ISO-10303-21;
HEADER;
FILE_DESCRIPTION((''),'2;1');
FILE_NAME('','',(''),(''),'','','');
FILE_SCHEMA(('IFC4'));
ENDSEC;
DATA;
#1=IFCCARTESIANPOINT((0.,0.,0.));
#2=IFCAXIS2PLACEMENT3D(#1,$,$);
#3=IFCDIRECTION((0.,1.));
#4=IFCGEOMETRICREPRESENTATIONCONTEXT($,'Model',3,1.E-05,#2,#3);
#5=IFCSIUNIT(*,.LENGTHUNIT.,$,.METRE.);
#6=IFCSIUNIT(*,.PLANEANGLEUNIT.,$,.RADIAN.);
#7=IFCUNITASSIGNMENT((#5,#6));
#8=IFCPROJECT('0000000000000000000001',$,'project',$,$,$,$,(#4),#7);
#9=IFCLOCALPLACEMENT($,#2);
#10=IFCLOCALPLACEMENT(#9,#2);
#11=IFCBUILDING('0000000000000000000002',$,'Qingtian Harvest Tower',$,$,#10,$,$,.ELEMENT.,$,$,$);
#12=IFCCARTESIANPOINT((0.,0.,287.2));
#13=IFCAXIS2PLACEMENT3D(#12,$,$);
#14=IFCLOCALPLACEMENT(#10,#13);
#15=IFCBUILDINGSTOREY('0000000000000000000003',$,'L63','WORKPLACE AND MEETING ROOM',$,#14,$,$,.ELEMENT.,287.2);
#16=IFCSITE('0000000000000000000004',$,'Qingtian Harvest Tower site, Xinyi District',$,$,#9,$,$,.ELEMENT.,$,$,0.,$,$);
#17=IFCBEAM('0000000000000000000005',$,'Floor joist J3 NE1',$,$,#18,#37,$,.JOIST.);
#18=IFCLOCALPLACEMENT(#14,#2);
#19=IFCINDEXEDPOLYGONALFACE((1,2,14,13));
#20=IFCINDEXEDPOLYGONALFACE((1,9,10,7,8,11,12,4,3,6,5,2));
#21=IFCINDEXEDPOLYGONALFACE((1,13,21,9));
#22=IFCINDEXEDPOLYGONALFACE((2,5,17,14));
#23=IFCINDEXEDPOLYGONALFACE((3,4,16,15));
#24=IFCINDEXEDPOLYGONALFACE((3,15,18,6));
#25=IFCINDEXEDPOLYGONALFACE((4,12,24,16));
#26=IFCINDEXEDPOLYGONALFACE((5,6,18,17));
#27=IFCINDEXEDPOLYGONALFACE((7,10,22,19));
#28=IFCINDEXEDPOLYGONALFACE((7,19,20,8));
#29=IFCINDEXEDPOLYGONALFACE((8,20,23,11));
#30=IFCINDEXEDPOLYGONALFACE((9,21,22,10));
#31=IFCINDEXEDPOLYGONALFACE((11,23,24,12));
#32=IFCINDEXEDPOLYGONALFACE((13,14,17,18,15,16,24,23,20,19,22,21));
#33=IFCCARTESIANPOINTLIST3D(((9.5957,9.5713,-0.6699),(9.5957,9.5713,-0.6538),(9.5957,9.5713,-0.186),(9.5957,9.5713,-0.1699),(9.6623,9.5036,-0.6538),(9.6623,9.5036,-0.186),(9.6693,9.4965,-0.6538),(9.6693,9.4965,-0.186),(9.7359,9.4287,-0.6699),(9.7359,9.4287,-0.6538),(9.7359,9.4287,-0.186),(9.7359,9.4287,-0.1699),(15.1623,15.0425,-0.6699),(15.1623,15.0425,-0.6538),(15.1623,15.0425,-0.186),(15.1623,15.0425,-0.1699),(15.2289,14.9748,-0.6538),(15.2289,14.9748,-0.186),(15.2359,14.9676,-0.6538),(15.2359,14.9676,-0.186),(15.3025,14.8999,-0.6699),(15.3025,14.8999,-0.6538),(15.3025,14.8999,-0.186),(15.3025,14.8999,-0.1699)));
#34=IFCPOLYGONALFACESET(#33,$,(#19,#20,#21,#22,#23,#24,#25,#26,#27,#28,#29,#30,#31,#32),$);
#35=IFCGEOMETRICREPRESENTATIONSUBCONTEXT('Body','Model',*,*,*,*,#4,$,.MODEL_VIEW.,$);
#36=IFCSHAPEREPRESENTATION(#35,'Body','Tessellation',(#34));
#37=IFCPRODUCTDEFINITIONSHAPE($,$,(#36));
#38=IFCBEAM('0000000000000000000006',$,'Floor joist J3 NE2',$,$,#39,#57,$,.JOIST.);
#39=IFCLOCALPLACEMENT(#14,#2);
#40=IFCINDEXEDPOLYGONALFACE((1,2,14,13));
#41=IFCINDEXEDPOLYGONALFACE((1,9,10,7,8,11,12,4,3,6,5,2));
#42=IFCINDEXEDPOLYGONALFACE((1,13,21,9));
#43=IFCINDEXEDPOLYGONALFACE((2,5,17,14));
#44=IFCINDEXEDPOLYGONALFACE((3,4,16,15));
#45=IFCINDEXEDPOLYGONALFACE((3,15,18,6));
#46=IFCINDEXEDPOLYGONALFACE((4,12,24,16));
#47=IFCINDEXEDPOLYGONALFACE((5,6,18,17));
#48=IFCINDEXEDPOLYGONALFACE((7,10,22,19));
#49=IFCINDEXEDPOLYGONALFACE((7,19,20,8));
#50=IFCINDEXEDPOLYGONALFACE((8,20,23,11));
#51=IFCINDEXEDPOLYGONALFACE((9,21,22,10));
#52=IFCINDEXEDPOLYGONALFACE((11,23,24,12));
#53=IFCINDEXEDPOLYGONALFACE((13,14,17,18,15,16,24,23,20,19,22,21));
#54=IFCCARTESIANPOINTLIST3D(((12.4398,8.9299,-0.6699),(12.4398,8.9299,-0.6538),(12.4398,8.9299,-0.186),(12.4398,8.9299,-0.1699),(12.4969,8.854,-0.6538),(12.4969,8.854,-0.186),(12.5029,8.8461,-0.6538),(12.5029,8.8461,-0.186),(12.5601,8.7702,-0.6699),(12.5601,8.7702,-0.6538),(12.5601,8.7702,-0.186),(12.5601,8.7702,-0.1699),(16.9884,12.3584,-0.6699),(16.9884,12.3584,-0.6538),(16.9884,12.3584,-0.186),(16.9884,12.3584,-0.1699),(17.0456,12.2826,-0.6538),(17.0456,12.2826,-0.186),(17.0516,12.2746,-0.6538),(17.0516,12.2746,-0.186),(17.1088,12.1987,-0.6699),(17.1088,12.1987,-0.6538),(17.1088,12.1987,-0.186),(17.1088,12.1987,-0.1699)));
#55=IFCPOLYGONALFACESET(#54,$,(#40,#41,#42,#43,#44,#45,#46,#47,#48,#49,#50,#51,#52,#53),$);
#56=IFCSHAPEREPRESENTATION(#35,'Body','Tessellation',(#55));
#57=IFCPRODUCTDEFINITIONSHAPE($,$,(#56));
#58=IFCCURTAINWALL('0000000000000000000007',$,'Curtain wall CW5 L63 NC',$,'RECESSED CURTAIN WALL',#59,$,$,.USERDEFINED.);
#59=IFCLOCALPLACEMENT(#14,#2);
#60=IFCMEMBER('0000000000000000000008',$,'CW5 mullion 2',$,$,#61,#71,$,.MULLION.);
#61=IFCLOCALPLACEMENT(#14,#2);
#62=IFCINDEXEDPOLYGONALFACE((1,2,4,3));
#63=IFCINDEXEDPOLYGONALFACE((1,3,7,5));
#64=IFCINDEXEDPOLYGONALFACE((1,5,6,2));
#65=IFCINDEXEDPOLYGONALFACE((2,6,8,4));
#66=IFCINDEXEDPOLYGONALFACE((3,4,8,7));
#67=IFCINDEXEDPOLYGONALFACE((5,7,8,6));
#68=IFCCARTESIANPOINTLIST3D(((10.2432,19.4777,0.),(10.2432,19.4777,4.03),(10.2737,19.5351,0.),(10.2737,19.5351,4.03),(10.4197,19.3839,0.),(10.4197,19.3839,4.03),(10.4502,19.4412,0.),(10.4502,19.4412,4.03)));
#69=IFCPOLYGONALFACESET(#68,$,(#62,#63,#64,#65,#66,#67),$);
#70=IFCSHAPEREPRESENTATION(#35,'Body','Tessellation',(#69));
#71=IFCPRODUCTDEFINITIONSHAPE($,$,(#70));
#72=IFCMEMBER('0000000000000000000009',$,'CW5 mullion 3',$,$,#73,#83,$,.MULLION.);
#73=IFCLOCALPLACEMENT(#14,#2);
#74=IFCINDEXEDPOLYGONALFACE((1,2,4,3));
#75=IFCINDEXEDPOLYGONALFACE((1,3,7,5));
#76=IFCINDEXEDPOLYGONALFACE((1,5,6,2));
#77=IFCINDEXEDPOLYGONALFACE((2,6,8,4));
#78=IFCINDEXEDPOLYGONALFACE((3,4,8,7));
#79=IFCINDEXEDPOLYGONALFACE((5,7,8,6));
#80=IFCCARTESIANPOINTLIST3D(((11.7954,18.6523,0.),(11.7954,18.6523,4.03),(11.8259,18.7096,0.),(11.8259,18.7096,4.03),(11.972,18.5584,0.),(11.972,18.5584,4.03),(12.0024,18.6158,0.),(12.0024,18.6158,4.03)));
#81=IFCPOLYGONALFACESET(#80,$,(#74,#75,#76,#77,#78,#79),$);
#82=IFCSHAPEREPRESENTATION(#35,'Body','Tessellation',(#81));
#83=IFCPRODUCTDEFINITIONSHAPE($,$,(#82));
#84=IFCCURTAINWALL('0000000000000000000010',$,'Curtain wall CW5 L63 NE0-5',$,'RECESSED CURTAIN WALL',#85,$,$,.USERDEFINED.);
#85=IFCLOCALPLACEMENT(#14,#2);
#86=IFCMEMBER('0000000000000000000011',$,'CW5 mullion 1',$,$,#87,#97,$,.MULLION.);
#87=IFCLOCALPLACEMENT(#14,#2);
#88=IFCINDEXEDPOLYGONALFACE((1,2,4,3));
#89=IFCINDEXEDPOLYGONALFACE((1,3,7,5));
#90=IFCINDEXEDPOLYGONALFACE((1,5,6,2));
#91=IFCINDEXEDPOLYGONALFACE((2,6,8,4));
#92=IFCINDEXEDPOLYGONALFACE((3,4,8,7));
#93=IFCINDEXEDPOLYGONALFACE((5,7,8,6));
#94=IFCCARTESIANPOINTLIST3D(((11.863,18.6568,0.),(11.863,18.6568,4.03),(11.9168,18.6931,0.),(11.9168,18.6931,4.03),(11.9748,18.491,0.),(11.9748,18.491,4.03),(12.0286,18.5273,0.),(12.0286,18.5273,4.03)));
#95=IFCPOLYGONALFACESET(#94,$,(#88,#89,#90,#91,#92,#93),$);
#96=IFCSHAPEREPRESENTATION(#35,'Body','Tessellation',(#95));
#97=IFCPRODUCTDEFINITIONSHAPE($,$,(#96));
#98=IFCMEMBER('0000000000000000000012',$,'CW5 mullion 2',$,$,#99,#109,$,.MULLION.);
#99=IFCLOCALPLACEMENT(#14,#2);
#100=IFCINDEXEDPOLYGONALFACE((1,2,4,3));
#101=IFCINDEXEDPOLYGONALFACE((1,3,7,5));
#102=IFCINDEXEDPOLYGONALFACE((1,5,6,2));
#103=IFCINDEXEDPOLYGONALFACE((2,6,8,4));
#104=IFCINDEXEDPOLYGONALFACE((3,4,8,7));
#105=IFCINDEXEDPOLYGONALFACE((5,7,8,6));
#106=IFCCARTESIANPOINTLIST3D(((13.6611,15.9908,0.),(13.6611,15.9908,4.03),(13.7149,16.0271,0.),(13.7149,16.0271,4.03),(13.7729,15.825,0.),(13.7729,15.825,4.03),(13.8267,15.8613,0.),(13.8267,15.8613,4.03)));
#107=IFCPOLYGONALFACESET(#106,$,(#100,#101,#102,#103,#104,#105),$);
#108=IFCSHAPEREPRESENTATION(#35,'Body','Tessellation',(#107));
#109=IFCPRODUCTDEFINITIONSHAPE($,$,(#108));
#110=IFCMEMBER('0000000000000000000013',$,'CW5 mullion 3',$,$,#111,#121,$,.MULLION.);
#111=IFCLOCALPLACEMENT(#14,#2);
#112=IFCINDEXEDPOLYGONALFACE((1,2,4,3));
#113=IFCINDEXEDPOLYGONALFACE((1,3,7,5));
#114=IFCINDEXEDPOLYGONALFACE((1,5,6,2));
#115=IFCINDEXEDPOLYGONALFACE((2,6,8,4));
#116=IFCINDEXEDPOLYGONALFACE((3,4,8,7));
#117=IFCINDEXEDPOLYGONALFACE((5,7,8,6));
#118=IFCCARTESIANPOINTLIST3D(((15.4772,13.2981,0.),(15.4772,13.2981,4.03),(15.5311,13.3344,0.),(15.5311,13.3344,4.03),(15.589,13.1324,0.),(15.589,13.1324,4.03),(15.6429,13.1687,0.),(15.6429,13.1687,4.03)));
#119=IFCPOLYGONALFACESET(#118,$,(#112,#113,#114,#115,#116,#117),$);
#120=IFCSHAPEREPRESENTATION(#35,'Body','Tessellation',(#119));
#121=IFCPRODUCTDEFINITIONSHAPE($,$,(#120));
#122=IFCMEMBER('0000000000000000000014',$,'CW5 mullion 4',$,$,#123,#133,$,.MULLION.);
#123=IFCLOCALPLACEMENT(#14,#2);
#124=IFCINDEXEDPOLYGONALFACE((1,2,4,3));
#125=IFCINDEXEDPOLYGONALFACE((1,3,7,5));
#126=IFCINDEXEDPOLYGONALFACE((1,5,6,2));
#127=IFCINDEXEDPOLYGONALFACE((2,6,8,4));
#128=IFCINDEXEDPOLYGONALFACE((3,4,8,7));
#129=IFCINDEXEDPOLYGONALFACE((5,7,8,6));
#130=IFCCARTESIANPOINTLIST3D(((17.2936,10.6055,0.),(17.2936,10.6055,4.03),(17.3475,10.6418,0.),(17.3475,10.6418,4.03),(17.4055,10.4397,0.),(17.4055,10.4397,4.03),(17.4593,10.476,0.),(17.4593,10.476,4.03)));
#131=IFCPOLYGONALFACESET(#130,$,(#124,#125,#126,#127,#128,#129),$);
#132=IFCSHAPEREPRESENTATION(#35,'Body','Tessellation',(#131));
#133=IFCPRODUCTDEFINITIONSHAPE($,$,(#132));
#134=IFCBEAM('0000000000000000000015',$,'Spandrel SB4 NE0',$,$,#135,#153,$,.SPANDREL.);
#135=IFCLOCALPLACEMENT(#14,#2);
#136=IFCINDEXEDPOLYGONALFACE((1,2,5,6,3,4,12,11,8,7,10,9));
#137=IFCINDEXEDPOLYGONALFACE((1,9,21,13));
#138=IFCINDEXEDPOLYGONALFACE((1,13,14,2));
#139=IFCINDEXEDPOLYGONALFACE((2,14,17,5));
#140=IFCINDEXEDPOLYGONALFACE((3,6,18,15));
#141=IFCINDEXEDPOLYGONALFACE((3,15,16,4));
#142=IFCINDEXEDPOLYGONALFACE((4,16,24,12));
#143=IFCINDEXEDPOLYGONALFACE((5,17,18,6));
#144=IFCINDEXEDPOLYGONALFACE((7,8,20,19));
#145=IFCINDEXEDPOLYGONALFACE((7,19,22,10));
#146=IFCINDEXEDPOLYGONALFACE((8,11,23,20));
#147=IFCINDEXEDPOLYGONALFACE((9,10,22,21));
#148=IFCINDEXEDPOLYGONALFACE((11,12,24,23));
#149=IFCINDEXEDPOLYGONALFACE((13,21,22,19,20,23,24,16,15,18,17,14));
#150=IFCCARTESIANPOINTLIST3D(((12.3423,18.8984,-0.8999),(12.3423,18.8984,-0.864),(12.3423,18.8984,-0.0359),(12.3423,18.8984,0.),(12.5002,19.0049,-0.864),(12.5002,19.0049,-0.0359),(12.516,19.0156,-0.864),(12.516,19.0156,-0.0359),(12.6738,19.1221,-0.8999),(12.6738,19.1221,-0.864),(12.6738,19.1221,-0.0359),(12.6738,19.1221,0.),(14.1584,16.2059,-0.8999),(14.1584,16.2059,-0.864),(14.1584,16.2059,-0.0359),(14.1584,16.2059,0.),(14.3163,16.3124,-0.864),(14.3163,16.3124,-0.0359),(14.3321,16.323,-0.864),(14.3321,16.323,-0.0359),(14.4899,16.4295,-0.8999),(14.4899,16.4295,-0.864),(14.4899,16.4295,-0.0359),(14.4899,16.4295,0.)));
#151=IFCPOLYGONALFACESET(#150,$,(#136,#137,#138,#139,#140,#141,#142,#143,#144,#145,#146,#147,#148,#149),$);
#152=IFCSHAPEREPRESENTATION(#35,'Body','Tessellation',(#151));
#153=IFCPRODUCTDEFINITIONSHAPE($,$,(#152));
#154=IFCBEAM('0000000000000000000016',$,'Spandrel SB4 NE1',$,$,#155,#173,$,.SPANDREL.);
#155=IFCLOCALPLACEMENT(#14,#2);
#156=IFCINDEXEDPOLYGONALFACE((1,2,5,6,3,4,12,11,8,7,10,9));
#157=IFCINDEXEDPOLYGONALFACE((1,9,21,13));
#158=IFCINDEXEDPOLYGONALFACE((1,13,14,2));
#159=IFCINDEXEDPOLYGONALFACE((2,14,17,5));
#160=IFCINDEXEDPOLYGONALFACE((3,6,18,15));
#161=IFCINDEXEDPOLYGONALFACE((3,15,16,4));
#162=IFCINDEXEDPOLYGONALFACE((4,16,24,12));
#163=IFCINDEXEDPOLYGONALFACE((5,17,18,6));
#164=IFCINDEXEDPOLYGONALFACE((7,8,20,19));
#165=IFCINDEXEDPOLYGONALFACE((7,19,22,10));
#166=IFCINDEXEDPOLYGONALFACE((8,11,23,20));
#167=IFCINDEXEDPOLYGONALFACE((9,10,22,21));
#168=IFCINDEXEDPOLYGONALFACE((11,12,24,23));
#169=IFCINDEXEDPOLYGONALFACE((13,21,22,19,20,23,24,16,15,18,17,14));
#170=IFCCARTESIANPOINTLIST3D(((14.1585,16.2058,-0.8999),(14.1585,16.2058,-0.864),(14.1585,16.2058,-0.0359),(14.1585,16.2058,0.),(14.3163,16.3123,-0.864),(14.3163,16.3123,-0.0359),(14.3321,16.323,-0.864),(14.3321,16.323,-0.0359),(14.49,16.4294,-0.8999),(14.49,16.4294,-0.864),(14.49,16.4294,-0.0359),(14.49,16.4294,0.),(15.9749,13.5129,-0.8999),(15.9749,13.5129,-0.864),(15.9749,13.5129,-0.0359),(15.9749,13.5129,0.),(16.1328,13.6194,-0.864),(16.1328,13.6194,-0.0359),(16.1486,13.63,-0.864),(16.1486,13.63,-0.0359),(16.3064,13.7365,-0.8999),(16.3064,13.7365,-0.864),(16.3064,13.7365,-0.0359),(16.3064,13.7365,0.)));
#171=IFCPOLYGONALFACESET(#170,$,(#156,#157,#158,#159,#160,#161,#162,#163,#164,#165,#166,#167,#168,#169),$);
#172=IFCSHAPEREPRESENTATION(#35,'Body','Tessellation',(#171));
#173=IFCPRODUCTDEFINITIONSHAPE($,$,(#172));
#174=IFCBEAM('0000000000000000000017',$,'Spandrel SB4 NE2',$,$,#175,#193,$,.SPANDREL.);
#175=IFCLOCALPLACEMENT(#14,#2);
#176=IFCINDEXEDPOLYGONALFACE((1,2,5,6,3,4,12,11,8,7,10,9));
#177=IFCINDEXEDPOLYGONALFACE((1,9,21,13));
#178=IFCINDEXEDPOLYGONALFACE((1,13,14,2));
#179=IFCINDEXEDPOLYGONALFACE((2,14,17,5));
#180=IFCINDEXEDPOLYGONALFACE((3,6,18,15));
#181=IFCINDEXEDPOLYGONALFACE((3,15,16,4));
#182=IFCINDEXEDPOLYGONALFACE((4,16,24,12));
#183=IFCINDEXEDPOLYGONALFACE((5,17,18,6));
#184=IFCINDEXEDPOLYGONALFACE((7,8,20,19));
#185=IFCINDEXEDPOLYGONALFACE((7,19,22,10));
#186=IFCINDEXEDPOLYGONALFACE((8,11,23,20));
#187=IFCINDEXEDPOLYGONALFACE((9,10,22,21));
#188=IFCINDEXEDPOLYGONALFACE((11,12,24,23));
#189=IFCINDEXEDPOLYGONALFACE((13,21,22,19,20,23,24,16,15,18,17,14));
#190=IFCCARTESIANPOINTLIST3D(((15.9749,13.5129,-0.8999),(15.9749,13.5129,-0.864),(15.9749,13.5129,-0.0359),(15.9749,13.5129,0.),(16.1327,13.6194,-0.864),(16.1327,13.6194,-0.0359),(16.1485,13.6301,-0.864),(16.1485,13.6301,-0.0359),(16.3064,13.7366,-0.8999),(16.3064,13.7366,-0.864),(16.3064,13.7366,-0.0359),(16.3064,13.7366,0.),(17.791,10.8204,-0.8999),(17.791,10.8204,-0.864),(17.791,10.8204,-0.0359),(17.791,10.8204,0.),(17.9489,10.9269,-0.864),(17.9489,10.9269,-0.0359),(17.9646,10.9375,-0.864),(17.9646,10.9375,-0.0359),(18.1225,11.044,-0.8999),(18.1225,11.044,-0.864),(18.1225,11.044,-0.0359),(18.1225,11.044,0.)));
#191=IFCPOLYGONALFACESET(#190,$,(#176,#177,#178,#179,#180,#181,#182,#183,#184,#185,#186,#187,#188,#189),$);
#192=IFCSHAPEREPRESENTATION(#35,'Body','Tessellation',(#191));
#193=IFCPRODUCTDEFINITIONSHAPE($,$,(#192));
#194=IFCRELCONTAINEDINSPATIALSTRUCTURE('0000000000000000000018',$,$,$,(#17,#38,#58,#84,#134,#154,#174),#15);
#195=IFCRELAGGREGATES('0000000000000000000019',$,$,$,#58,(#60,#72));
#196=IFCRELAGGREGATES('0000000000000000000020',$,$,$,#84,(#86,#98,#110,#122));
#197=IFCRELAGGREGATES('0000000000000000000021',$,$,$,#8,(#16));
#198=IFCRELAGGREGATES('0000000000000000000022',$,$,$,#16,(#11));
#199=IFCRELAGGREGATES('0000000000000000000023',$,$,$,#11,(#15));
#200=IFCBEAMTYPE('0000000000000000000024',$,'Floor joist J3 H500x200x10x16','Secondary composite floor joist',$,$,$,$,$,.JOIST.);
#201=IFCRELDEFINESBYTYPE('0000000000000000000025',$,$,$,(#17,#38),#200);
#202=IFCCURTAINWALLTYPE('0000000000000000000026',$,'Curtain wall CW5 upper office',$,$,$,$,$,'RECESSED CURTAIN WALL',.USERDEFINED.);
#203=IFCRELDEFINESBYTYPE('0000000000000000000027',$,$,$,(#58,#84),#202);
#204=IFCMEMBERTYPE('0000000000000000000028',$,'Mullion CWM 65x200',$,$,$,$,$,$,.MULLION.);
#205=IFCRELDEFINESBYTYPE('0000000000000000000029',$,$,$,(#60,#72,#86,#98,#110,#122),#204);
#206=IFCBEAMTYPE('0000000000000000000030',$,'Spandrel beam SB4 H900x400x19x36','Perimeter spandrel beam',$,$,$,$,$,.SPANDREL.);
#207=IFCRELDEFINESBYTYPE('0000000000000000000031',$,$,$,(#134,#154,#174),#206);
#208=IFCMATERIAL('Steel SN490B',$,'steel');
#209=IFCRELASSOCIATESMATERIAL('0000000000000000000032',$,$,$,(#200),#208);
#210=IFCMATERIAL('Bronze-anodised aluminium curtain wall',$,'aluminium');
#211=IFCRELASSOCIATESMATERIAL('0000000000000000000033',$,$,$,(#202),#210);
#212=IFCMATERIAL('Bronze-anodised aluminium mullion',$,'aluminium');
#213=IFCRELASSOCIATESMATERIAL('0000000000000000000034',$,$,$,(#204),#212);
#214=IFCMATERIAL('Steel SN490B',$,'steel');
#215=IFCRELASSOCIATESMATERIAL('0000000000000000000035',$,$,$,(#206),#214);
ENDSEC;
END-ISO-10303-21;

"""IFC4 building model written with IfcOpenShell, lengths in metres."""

from ifc_helpers import new_model, si_unit, direction, frame, origin, origin_2d, place, context, subcontext, project, spatial, rectangle, i_section, extrude, material, material_profile, profile_set, type_object, element, aggregate, save


model = new_model("IFC4")

# Units and contexts
model_context = context("Model", 3, precision=1e-05, world=origin(), true_north=direction((0.0, 1.0)))
body_context = subcontext(model_context, "Body", "Model", "MODEL_VIEW")
ifc_project = project(units=[si_unit("LENGTHUNIT", "METRE"), si_unit("PLANEANGLEUNIT", "RADIAN")], contexts=[model_context])

# Site, building, storey
site_placement = place(None, origin())
site = spatial("IfcSite", under=ifc_project, at=site_placement, Name="Qingtian Harvest Tower site, Xinyi District", CompositionType="ELEMENT", RefElevation=0.0)
building_placement = place(site_placement, origin())
building = spatial("IfcBuilding", under=site, at=building_placement, Name="Qingtian Harvest Tower", CompositionType="ELEMENT")
storey_placement = place(building_placement, frame((0.0, 0.0, 287.2)))
storey = spatial("IfcBuildingStorey", under=building, at=storey_placement, Name="L63", Description="WORKPLACE AND MEETING ROOM", CompositionType="ELEMENT", Elevation=287.2)

# Beams
ifc_material_1 = material(Name="Steel SN490B", Category="steel")
ifc_material_profile_1 = material_profile(ifc_material_1, i_section(OverallWidth=0.2, OverallDepth=0.5, WebThickness=0.01, FlangeThickness=0.0161, at=origin_2d()), Name="H500x200x10x16")
ifc_profile_set_1 = profile_set([ifc_material_profile_1], Name="Steel SN490B")
beam_type_1 = type_object("IfcBeamType", Name="Floor joist J3 H500x200x10x16", Description="Secondary composite floor joist", PredefinedType="JOIST", material=ifc_profile_set_1)
beam_1_placement = place(storey_placement, frame((15.2324, 14.9712, -0.4199), z_axis=(-0.713195, -0.700965, 0.0), x_axis=(0.700965, -0.713195, 0.0)))
element("IfcBeam", 1, at=beam_1_placement, inside=storey, type_object=beam_type_1, Name="Floor joist J3 NE1", PredefinedType="JOIST", context=body_context, shape_type="SweptSolid", body=[
    extrude(i_section(OverallWidth=0.2, OverallDepth=0.5, WebThickness=0.01, FlangeThickness=0.0161, at=origin_2d()), origin(), (0.0, 0.0, 1.0), 7.8052),
])
beam_2_placement = place(storey_placement, frame((17.0486, 12.2786, -0.4199), z_axis=(-0.798563, -0.601912, 0.0), x_axis=(0.601912, -0.798563, 0.0)))
element("IfcBeam", 2, at=beam_2_placement, inside=storey, type_object=beam_type_1, Name="Floor joist J3 NE2", PredefinedType="JOIST", context=body_context, shape_type="SweptSolid", body=[
    extrude(i_section(OverallWidth=0.2, OverallDepth=0.5, WebThickness=0.01, FlangeThickness=0.0161, at=origin_2d()), origin(), (0.0, 0.0, 1.0), 5.696),
])

# Curtain walls, members
ifc_material_2 = material(Name="Bronze-anodised aluminium curtain wall", Category="aluminium")
curtain_wall_type = type_object("IfcCurtainWallType", Name="Curtain wall CW5 upper office", ElementType="RECESSED CURTAIN WALL", PredefinedType="USERDEFINED", material=ifc_material_2)
curtain_wall_1_placement = place(storey_placement, origin())
curtain_wall_1 = element("IfcCurtainWall", 3, at=curtain_wall_1_placement, inside=storey, type_object=curtain_wall_type, Name="Curtain wall CW5 L63 NC", ObjectType="RECESSED CURTAIN WALL", PredefinedType="USERDEFINED")
ifc_material_3 = material(Name="Bronze-anodised aluminium mullion", Category="aluminium")
ifc_material_profile_2 = material_profile(ifc_material_3, rectangle(XDim=0.0649, YDim=0.2, at=origin_2d()), Name="AL 65x200")
ifc_profile_set_2 = profile_set([ifc_material_profile_2], Name="Bronze-anodised aluminium mullion")
member_type_1 = type_object("IfcMemberType", Name="Mullion CWM 65x200", PredefinedType="MULLION", material=ifc_profile_set_2)
member_1_placement = place(storey_placement, frame((10.3467, 19.4595, 0.0), z_axis=(0.0, 0.0, 1.0), x_axis=(0.469472, 0.882948, 0.0)))
member_1 = element("IfcMember", 4, at=member_1_placement, type_object=member_type_1, Name="CW5 mullion 2", PredefinedType="MULLION", context=body_context, shape_type="SweptSolid", body=[
    extrude(rectangle(XDim=0.0649, YDim=0.2, at=origin_2d()), origin(), (0.0, 0.0, 1.0), 4.03),
])
member_2_placement = place(storey_placement, frame((11.8989, 18.634, 0.0), z_axis=(0.0, 0.0, 1.0), x_axis=(0.469472, 0.882948, 0.0)))
member_2 = element("IfcMember", 5, at=member_2_placement, type_object=member_type_1, Name="CW5 mullion 3", PredefinedType="MULLION", context=body_context, shape_type="SweptSolid", body=[
    extrude(rectangle(XDim=0.0649, YDim=0.2, at=origin_2d()), origin(), (0.0, 0.0, 1.0), 4.03),
])
curtain_wall_2_placement = place(storey_placement, origin())
curtain_wall_2 = element("IfcCurtainWall", 6, at=curtain_wall_2_placement, inside=storey, type_object=curtain_wall_type, Name="Curtain wall CW5 L63 NE0-5", ObjectType="RECESSED CURTAIN WALL", PredefinedType="USERDEFINED")
member_3_placement = place(storey_placement, frame((11.9458, 18.592, 0.0), z_axis=(0.0, 0.0, 1.0), x_axis=(0.829038, 0.559193, 0.0)))
member_3 = element("IfcMember", 7, at=member_3_placement, type_object=member_type_1, Name="CW5 mullion 1", PredefinedType="MULLION", context=body_context, shape_type="SweptSolid", body=[
    extrude(rectangle(XDim=0.0649, YDim=0.2, at=origin_2d()), origin(), (0.0, 0.0, 1.0), 4.03),
])
member_4_placement = place(storey_placement, frame((13.7439, 15.926, 0.0), z_axis=(0.0, 0.0, 1.0), x_axis=(0.829038, 0.559193, 0.0)))
member_4 = element("IfcMember", 8, at=member_4_placement, type_object=member_type_1, Name="CW5 mullion 2", PredefinedType="MULLION", context=body_context, shape_type="SweptSolid", body=[
    extrude(rectangle(XDim=0.0649, YDim=0.2, at=origin_2d()), origin(), (0.0, 0.0, 1.0), 4.03),
])
member_5_placement = place(storey_placement, frame((15.5601, 13.2334, 0.0), z_axis=(0.0, 0.0, 1.0), x_axis=(0.829038, 0.559193, 0.0)))
member_5 = element("IfcMember", 9, at=member_5_placement, type_object=member_type_1, Name="CW5 mullion 3", PredefinedType="MULLION", context=body_context, shape_type="SweptSolid", body=[
    extrude(rectangle(XDim=0.0649, YDim=0.2, at=origin_2d()), origin(), (0.0, 0.0, 1.0), 4.03),
])
member_6_placement = place(storey_placement, frame((17.3765, 10.5408, 0.0), z_axis=(0.0, 0.0, 1.0), x_axis=(0.829038, 0.559193, 0.0)))
member_6 = element("IfcMember", 10, at=member_6_placement, type_object=member_type_1, Name="CW5 mullion 4", PredefinedType="MULLION", context=body_context, shape_type="SweptSolid", body=[
    extrude(rectangle(XDim=0.0649, YDim=0.2, at=origin_2d()), origin(), (0.0, 0.0, 1.0), 4.03),
])

# Beams
ifc_material_4 = material(Name="Steel SN490B", Category="steel")
ifc_material_profile_3 = material_profile(ifc_material_4, i_section(OverallWidth=0.3999, OverallDepth=0.8999, WebThickness=0.019, FlangeThickness=0.0359, at=origin_2d()), Name="H900x400x19x36")
ifc_profile_set_3 = profile_set([ifc_material_profile_3], Name="Steel SN490B")
beam_type_2 = type_object("IfcBeamType", Name="Spandrel beam SB4 H900x400x19x36", Description="Perimeter spandrel beam", PredefinedType="SPANDREL", material=ifc_profile_set_3)
beam_3_placement = place(storey_placement, frame((12.5081, 19.0103, -0.45), z_axis=(0.559185, -0.829043, 0.0), x_axis=(0.829043, 0.559185, 0.0)))
element("IfcBeam", 11, at=beam_3_placement, inside=storey, type_object=beam_type_2, Name="Spandrel SB4 NE0", PredefinedType="SPANDREL", context=body_context, shape_type="SweptSolid", body=[
    extrude(i_section(OverallWidth=0.3999, OverallDepth=0.8999, WebThickness=0.019, FlangeThickness=0.0359, at=origin_2d()), origin(), (0.0, 0.0, 1.0), 3.2478),
])
beam_4_placement = place(storey_placement, frame((14.3242, 16.3176, -0.45), z_axis=(0.559202, -0.829032, 0.0), x_axis=(0.829032, 0.559202, 0.0)))
element("IfcBeam", 12, at=beam_4_placement, inside=storey, type_object=beam_type_2, Name="Spandrel SB4 NE1", PredefinedType="SPANDREL", context=body_context, shape_type="SweptSolid", body=[
    extrude(i_section(OverallWidth=0.3999, OverallDepth=0.8999, WebThickness=0.019, FlangeThickness=0.0359, at=origin_2d()), origin(), (0.0, 0.0, 1.0), 3.2483),
])
beam_5_placement = place(storey_placement, frame((16.1406, 13.6248, -0.45), z_axis=(0.559185, -0.829043, 0.0), x_axis=(0.829043, 0.559185, 0.0)))
element("IfcBeam", 13, at=beam_5_placement, inside=storey, type_object=beam_type_2, Name="Spandrel SB4 NE2", PredefinedType="SPANDREL", context=body_context, shape_type="SweptSolid", body=[
    extrude(i_section(OverallWidth=0.3999, OverallDepth=0.8999, WebThickness=0.019, FlangeThickness=0.0359, at=origin_2d()), origin(), (0.0, 0.0, 1.0), 3.2478),
])

aggregate(curtain_wall_1, [member_1, member_2])
aggregate(curtain_wall_2, [member_3, member_4, member_5, member_6])

save(model, "model.ifc")
